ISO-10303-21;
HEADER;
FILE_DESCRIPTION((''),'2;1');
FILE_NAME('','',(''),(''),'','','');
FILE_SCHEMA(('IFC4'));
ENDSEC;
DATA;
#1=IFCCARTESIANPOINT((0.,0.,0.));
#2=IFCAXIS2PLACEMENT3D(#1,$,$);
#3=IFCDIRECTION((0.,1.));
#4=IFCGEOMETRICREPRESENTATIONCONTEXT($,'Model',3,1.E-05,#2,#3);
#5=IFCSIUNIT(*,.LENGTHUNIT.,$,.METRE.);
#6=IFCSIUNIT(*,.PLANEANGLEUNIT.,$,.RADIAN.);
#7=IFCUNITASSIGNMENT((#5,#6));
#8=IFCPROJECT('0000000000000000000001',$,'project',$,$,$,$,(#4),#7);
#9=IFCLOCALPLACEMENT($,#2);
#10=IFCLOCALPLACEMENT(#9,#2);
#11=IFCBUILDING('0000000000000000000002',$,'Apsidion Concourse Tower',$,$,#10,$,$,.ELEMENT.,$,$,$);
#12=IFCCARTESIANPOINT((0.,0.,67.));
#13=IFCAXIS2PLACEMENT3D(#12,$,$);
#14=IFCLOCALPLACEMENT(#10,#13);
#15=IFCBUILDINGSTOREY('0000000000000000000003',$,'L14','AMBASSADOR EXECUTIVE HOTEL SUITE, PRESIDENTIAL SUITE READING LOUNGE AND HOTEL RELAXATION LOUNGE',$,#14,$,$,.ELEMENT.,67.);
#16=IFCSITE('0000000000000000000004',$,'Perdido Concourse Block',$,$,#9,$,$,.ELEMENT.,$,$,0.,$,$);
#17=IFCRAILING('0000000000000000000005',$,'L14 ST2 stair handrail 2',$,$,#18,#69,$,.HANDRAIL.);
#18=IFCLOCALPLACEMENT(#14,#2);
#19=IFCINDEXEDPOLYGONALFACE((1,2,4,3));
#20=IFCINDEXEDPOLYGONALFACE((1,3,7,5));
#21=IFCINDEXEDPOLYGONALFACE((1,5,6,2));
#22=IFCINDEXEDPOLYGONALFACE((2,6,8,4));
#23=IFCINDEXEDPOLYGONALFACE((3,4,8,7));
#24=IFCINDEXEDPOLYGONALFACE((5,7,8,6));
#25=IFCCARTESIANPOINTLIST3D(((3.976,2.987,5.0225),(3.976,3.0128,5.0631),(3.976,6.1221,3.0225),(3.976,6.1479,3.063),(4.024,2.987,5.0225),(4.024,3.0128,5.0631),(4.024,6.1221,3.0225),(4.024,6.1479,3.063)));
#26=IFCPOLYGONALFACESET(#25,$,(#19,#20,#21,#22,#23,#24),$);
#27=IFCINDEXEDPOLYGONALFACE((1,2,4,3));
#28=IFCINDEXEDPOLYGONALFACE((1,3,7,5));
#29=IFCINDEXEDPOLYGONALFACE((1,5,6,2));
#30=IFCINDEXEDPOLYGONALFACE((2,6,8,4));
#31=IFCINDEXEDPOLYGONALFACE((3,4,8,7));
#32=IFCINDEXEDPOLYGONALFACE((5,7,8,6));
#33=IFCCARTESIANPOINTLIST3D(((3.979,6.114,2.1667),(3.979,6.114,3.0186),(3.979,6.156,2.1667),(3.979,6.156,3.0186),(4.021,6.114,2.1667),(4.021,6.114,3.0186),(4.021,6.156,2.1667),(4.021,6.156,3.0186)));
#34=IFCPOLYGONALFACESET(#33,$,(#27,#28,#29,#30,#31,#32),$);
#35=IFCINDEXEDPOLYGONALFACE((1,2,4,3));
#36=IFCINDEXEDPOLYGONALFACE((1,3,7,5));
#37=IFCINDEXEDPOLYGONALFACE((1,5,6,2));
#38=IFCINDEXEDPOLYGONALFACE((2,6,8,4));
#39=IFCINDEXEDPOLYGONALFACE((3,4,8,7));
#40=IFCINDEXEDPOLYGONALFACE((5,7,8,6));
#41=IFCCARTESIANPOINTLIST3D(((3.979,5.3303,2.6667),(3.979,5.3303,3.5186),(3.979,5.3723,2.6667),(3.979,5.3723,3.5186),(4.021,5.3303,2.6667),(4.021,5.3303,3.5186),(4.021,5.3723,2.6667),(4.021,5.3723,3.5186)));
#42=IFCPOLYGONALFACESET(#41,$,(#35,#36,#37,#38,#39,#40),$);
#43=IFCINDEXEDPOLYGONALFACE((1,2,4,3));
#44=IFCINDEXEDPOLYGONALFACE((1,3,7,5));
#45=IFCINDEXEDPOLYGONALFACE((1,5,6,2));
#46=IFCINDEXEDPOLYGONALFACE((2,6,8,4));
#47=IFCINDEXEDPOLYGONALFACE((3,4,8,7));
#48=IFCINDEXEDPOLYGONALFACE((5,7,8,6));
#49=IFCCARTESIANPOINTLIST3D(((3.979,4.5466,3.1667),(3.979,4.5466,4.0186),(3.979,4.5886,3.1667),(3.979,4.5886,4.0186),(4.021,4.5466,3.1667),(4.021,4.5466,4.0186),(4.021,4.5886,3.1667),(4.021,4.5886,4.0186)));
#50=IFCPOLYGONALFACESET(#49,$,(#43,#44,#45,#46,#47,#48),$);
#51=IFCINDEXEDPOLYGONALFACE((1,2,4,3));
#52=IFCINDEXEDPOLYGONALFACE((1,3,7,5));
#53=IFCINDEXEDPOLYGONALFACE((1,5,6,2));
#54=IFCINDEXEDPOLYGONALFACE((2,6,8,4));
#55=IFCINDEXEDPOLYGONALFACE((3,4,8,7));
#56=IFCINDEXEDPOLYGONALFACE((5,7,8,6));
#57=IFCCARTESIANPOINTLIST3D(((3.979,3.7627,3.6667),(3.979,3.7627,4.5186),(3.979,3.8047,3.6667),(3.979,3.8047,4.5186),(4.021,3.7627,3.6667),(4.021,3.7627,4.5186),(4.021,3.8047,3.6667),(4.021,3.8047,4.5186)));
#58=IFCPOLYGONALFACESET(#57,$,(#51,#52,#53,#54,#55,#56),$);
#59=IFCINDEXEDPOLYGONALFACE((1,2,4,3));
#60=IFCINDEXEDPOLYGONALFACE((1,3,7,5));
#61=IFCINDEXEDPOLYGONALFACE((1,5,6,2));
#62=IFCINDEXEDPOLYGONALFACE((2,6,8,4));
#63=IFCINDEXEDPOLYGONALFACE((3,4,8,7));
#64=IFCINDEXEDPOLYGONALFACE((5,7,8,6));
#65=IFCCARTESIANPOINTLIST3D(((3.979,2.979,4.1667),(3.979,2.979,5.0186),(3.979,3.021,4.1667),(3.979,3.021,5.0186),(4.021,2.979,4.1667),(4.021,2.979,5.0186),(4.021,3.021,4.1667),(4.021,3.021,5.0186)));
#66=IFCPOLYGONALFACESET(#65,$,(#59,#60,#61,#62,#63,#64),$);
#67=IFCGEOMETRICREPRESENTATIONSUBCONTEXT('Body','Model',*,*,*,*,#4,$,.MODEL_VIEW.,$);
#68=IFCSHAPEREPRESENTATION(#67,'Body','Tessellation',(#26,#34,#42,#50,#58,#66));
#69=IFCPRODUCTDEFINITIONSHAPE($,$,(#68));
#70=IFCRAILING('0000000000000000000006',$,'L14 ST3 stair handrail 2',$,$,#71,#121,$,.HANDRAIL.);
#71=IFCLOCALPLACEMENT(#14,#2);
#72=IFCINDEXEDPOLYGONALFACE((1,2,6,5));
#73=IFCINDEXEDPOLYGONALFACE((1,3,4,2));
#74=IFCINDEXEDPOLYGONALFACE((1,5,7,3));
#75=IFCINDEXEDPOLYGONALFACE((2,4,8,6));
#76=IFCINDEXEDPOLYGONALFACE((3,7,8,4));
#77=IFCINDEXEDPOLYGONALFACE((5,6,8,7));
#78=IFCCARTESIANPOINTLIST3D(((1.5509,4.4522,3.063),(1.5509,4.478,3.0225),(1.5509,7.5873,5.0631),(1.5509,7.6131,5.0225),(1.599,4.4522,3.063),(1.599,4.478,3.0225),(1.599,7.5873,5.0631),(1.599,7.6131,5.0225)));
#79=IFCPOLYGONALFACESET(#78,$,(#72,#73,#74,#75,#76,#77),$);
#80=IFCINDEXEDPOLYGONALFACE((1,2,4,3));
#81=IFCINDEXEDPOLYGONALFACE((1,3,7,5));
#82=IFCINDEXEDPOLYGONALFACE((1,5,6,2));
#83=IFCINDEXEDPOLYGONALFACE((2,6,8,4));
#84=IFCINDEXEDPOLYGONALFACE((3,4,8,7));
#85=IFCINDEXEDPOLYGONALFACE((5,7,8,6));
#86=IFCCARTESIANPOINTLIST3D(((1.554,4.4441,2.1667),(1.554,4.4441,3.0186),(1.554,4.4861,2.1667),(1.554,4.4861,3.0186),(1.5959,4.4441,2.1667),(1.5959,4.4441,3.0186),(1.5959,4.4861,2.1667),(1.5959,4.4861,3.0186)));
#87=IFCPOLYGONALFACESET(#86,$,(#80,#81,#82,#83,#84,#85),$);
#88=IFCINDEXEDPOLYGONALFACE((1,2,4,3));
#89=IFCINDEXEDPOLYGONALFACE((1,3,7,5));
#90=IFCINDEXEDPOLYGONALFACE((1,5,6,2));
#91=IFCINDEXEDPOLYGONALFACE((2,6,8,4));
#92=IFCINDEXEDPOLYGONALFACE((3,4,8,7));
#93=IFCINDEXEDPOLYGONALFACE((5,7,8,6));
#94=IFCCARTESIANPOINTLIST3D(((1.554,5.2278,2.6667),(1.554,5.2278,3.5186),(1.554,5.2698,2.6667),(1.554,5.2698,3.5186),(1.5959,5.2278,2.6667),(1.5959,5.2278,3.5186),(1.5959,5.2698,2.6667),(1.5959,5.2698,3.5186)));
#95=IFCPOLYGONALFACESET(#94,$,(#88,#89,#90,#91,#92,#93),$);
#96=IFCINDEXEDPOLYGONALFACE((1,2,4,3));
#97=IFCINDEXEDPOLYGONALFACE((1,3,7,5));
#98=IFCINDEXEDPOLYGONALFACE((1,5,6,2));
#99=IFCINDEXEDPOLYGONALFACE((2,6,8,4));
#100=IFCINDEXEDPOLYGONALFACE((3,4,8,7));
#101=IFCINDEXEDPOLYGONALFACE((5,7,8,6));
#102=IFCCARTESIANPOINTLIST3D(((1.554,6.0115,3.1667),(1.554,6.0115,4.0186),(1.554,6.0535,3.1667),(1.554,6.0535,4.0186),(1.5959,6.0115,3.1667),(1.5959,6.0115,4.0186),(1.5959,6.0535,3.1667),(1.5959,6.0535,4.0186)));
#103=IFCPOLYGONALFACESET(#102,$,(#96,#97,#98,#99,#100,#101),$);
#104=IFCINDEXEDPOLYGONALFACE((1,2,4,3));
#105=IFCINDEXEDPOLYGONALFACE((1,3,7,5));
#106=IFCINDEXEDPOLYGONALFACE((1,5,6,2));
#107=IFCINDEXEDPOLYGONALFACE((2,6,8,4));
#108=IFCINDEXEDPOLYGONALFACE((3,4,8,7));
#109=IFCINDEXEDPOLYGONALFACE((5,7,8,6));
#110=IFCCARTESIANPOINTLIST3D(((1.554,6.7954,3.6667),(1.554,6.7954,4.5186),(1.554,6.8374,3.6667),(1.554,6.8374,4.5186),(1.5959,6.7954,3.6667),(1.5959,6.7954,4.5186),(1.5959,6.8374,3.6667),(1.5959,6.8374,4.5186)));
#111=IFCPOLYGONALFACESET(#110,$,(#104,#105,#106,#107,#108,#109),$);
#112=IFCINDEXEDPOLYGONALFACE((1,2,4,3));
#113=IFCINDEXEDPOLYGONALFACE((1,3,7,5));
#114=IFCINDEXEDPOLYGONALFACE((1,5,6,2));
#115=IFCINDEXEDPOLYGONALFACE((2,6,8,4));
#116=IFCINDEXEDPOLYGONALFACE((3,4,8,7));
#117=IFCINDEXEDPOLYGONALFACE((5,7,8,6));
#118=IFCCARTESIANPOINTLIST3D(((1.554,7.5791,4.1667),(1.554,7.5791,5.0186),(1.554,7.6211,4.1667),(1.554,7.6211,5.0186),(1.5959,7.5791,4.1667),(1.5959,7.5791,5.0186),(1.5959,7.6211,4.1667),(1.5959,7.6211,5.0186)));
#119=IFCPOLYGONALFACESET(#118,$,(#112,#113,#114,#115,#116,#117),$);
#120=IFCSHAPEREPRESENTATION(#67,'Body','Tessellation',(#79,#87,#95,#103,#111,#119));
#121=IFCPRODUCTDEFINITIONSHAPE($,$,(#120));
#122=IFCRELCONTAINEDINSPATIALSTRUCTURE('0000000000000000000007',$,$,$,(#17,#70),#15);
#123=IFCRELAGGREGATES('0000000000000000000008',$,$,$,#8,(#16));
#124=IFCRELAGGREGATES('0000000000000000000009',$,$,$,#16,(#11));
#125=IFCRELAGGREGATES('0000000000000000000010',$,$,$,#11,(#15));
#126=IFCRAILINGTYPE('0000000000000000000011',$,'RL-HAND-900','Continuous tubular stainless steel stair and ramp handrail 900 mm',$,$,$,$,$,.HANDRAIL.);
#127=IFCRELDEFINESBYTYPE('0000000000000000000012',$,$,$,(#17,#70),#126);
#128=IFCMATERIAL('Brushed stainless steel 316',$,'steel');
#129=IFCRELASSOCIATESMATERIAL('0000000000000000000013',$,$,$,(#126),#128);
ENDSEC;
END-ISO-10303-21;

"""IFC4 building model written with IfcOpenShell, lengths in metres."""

from ifc_helpers import new_model, si_unit, direction, frame, origin, origin_2d, place, context, subcontext, project, spatial, rectangle, extrude, material, type_object, element, save


model = new_model("IFC4")

# Units and contexts
model_context = context("Model", 3, precision=1e-05, world=origin(), true_north=direction((0.0, 1.0)))
body_context = subcontext(model_context, "Body", "Model", "MODEL_VIEW")
ifc_project = project(units=[si_unit("LENGTHUNIT", "METRE"), si_unit("PLANEANGLEUNIT", "RADIAN")], contexts=[model_context])

# Site, building, storey
site_placement = place(None, origin())
site = spatial("IfcSite", under=ifc_project, at=site_placement, Name="Perdido Concourse Block", CompositionType="ELEMENT", RefElevation=0.0)
building_placement = place(site_placement, origin())
building = spatial("IfcBuilding", under=site, at=building_placement, Name="Apsidion Concourse Tower", CompositionType="ELEMENT")
storey_placement = place(building_placement, frame((0.0, 0.0, 67.0)))
storey = spatial("IfcBuildingStorey", under=building, at=storey_placement, Name="L14", Description="AMBASSADOR EXECUTIVE HOTEL SUITE, PRESIDENTIAL SUITE READING LOUNGE AND HOTEL RELAXATION LOUNGE", CompositionType="ELEMENT", Elevation=67.0)

# Railings
ifc_material_1 = material(Name="Brushed stainless steel 316", Category="steel")
railing_type_1 = type_object("IfcRailingType", Name="RL-HAND-900", Description="Continuous tubular stainless steel stair and ramp handrail 900 mm", PredefinedType="HANDRAIL", material=ifc_material_1)
railing_1_placement = place(storey_placement, frame((4.0, 6.135, 2.1667)))
element("IfcRailing", 1, at=railing_1_placement, inside=storey, type_object=railing_type_1, Name="L14 ST2 stair handrail 2", PredefinedType="HANDRAIL", context=body_context, shape_type="SweptSolid", body=[
    extrude(rectangle(XDim=0.0481, YDim=0.0481, at=origin_2d()), frame((0.0, 0.0, 0.876), z_axis=(0.0, -0.843053, 0.537831), x_axis=(1.0, 0.0, 0.0)), (0.0, 0.0, 1.0), 3.7188),
    extrude(rectangle(XDim=0.042, YDim=0.042, at=origin_2d()), origin(), (0.0, 0.0, 1.0), 0.8518),
    extrude(rectangle(XDim=0.042, YDim=0.042, at=origin_2d()), frame((0.0, -0.7837, 0.5)), (0.0, 0.0, 1.0), 0.8518),
    extrude(rectangle(XDim=0.042, YDim=0.042, at=origin_2d()), frame((0.0, -1.5674, 1.0)), (0.0, 0.0, 1.0), 0.8518),
    extrude(rectangle(XDim=0.042, YDim=0.042, at=origin_2d()), frame((0.0, -2.3513, 1.5)), (0.0, 0.0, 1.0), 0.8518),
    extrude(rectangle(XDim=0.042, YDim=0.042, at=origin_2d()), frame((0.0, -3.135, 2.0)), (0.0, 0.0, 1.0), 0.8518),
])
railing_2_placement = place(storey_placement, frame((1.575, 4.4651, 2.1667)))
element("IfcRailing", 2, at=railing_2_placement, inside=storey, type_object=railing_type_1, Name="L14 ST3 stair handrail 2", PredefinedType="HANDRAIL", context=body_context, shape_type="SweptSolid", body=[
    extrude(rectangle(XDim=0.0481, YDim=0.0481, at=origin_2d()), frame((0.0, 0.0, 0.876), z_axis=(0.0, 0.843053, 0.537831), x_axis=(-1.0, 0.0, 0.0)), (0.0, 0.0, 1.0), 3.7188),
    extrude(rectangle(XDim=0.042, YDim=0.042, at=origin_2d()), origin(), (0.0, 0.0, 1.0), 0.8518),
    extrude(rectangle(XDim=0.042, YDim=0.042, at=origin_2d()), frame((0.0, 0.7837, 0.5)), (0.0, 0.0, 1.0), 0.8518),
    extrude(rectangle(XDim=0.042, YDim=0.042, at=origin_2d()), frame((0.0, 1.5674, 1.0)), (0.0, 0.0, 1.0), 0.8518),
    extrude(rectangle(XDim=0.042, YDim=0.042, at=origin_2d()), frame((0.0, 2.3513, 1.5)), (0.0, 0.0, 1.0), 0.8518),
    extrude(rectangle(XDim=0.042, YDim=0.042, at=origin_2d()), frame((0.0, 3.135, 2.0)), (0.0, 0.0, 1.0), 0.8518),
])

save(model, "model.ifc")
